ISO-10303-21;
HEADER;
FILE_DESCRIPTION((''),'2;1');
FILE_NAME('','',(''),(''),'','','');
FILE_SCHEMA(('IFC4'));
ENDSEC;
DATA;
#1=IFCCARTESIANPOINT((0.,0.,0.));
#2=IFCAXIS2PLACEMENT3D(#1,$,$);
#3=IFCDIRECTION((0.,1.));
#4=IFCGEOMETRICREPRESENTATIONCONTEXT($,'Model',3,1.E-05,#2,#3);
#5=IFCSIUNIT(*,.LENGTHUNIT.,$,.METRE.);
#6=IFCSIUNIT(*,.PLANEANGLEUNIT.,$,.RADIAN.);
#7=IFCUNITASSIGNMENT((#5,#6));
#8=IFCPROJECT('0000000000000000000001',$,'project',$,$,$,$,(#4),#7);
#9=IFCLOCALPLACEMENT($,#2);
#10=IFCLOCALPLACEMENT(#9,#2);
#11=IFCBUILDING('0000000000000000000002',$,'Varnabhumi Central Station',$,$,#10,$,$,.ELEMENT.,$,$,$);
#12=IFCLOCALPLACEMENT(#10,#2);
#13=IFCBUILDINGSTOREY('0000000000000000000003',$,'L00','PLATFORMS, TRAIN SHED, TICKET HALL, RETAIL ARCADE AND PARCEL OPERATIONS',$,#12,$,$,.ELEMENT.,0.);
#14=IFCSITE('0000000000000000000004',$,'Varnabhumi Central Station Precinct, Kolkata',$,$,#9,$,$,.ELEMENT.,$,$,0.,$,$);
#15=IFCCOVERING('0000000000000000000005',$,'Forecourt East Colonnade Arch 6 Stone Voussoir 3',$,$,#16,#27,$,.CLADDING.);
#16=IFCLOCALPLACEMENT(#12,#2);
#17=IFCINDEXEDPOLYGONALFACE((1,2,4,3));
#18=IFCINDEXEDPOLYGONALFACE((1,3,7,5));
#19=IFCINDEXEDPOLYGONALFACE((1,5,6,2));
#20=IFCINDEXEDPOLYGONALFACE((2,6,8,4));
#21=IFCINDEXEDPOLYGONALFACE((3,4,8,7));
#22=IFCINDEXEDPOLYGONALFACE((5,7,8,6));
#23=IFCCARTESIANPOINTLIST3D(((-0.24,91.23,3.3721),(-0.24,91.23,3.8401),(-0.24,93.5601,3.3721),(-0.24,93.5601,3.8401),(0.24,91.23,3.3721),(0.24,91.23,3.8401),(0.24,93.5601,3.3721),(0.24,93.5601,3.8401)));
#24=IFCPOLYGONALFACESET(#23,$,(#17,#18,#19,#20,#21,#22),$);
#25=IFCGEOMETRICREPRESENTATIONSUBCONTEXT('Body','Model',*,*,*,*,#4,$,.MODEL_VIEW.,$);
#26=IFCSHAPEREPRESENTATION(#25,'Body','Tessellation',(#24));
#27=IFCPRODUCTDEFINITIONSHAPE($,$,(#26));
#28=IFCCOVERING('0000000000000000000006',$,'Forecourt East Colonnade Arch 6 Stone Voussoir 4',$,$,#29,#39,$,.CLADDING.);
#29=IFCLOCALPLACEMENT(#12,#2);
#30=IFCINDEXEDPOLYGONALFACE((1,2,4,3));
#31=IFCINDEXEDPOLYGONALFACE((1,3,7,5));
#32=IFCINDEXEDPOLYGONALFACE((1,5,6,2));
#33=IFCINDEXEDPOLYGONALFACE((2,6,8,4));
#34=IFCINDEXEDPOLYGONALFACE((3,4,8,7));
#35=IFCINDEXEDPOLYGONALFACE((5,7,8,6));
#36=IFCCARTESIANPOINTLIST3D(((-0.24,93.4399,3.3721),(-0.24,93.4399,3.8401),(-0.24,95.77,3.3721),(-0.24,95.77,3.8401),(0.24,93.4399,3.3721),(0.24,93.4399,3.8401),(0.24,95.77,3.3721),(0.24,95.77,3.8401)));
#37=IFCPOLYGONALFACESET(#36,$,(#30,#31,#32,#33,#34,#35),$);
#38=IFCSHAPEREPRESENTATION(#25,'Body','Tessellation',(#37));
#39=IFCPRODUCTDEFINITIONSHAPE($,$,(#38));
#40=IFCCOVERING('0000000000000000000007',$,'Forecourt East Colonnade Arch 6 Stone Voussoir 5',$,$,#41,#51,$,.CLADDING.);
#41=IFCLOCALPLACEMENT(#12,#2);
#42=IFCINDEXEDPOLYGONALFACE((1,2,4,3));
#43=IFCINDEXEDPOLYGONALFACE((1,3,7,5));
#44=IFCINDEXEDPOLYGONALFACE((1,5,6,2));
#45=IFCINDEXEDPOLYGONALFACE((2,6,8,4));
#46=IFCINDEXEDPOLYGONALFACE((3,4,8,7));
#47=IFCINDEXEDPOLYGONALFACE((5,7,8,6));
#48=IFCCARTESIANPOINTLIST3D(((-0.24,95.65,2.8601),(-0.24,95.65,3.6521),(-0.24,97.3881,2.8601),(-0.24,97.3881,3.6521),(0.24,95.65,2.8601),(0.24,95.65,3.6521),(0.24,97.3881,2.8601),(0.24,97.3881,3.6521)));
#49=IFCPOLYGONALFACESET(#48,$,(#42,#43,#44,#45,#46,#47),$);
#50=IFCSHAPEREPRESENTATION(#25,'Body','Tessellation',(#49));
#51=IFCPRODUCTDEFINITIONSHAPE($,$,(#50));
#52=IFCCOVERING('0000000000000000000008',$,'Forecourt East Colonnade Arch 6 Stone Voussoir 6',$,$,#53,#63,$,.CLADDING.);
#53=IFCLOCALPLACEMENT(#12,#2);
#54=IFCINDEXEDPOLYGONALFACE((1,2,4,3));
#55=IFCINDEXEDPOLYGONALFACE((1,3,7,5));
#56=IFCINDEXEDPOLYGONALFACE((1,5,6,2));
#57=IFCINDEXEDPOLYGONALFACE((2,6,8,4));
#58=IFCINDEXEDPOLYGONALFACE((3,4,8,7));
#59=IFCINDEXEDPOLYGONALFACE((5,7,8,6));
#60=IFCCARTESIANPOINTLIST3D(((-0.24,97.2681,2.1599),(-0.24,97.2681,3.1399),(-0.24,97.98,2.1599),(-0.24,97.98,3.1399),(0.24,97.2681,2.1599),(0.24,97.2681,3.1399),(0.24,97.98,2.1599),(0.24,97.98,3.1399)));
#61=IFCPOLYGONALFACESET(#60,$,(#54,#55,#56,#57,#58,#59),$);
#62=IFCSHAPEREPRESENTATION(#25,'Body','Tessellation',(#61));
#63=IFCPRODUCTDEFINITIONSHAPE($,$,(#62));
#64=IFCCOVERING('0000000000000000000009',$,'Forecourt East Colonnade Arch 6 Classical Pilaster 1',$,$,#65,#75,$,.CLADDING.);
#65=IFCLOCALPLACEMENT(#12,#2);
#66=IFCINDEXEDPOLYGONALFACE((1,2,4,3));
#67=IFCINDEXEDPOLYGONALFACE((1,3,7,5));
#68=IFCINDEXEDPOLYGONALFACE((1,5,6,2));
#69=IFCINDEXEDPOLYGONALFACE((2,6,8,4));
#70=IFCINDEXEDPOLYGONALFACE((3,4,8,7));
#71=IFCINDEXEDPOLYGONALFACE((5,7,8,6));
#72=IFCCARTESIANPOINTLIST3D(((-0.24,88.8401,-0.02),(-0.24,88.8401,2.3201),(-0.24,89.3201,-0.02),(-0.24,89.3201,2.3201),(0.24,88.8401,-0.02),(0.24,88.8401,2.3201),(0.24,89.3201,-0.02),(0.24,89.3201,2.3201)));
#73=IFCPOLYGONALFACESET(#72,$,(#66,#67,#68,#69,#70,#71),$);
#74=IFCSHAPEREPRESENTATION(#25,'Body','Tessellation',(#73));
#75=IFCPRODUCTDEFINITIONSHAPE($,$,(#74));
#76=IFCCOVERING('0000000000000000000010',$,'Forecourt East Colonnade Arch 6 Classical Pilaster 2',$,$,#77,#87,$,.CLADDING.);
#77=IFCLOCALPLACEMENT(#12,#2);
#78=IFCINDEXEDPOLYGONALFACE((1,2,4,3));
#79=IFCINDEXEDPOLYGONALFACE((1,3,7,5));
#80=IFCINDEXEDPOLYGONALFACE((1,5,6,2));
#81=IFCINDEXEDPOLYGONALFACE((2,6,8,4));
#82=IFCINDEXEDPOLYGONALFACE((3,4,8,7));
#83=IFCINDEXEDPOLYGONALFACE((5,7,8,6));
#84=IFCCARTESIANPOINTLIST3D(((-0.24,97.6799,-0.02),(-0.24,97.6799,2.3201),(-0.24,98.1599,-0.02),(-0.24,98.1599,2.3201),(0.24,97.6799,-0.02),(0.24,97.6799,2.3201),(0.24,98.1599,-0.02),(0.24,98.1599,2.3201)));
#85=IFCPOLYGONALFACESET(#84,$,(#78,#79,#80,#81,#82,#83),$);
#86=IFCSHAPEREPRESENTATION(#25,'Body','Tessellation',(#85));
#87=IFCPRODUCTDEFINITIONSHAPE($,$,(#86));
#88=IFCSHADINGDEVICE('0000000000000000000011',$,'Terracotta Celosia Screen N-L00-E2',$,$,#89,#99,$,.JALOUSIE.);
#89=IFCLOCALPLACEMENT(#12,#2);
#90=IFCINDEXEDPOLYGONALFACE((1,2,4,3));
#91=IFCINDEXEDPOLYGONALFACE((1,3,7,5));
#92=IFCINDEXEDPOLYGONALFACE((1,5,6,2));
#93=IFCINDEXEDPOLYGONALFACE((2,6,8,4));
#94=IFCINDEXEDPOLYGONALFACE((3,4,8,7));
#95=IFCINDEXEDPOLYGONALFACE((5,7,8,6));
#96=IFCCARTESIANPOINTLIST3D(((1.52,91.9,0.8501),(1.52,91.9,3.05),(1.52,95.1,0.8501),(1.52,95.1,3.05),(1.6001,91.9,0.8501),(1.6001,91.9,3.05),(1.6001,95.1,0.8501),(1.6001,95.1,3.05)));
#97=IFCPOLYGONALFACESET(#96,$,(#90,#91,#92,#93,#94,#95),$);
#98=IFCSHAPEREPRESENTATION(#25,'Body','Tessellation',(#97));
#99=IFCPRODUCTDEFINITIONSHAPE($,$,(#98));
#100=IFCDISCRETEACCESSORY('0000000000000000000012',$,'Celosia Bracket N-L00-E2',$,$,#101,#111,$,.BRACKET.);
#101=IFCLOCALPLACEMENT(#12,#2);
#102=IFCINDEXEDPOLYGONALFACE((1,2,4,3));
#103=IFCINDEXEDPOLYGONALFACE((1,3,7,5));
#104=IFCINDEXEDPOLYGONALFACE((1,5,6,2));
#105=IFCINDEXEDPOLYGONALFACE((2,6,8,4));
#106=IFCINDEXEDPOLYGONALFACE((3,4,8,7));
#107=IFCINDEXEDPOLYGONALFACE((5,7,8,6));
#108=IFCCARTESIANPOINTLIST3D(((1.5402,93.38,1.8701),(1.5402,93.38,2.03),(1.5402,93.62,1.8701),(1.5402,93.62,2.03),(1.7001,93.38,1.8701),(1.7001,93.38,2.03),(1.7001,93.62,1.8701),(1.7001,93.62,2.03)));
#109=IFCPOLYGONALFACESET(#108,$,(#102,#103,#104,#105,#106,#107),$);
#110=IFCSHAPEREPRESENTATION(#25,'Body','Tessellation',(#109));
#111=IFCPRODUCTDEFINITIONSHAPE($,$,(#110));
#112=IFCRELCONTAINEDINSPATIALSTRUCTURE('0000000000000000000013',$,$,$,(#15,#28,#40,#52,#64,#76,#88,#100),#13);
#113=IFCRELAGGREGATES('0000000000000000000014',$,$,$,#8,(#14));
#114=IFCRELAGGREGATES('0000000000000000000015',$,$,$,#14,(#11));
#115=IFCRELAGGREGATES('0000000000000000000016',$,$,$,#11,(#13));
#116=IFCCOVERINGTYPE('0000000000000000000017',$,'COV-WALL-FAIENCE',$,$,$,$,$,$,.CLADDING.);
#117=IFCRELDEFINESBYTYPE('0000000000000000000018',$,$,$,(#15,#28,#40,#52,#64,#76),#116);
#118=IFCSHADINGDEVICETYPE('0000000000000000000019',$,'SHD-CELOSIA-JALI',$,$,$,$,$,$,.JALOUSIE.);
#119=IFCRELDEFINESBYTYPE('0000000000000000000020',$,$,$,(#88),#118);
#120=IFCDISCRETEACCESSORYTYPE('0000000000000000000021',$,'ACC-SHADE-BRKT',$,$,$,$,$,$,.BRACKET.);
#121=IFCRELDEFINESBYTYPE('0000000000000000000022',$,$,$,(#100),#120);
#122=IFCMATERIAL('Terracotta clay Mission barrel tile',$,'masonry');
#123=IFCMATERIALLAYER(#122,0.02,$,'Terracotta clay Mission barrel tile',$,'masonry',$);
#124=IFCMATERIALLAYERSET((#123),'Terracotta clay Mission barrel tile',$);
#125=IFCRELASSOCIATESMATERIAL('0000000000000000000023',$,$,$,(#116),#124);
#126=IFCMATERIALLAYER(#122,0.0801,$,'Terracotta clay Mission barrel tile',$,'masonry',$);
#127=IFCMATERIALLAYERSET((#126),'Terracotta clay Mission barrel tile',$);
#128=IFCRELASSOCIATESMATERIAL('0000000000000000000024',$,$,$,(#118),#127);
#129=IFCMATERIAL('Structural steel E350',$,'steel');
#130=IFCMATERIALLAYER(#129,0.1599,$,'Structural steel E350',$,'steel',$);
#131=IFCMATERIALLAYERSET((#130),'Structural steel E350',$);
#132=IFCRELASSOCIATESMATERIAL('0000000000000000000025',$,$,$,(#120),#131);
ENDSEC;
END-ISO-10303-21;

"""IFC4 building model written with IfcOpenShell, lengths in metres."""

from ifc_helpers import new_model, si_unit, direction, frame, origin, origin_2d, place, context, subcontext, project, spatial, rectangle, extrude, material, layer, layer_set, type_object, element, save


model = new_model("IFC4")

# Units and contexts
model_context = context("Model", 3, precision=1e-05, world=origin(), true_north=direction((0.0, 1.0)))
body_context = subcontext(model_context, "Body", "Model", "MODEL_VIEW")
ifc_project = project(units=[si_unit("LENGTHUNIT", "METRE"), si_unit("PLANEANGLEUNIT", "RADIAN")], contexts=[model_context])

# Site, building, storey
site_placement = place(None, origin())
site = spatial("IfcSite", under=ifc_project, at=site_placement, Name="Varnabhumi Central Station Precinct, Kolkata", CompositionType="ELEMENT", RefElevation=0.0)
building_placement = place(site_placement, origin())
building = spatial("IfcBuilding", under=site, at=building_placement, Name="Varnabhumi Central Station", CompositionType="ELEMENT")
storey_placement = place(building_placement, origin())
storey = spatial("IfcBuildingStorey", under=building, at=storey_placement, Name="L00", Description="PLATFORMS, TRAIN SHED, TICKET HALL, RETAIL ARCADE AND PARCEL OPERATIONS", CompositionType="ELEMENT", Elevation=0.0)

# Shared definitions
ifc_material_1 = material(Name="Structural steel E350", Category="steel")

# Coverings
ifc_material_2 = material(Name="Terracotta clay Mission barrel tile", Category="masonry")
ifc_layer_1 = layer(ifc_material_2, 0.02, Name="Terracotta clay Mission barrel tile", Category="masonry")
ifc_layer_set_1 = layer_set([ifc_layer_1], Name="Terracotta clay Mission barrel tile")
covering_type = type_object("IfcCoveringType", Name="COV-WALL-FAIENCE", PredefinedType="CLADDING", material=ifc_layer_set_1)
for number, where, z_axis, x_axis, name in (
    (1, (0.0, 92.395, 3.3721), (0.0, 0.0, 1.0), (0.0, 1.0, 0.0), "Forecourt East Colonnade Arch 6 Stone Voussoir 3"),
    (2, (0.0, 94.605, 3.3721), (0.0, 0.0, 1.0), (0.0, 1.0, 0.0), "Forecourt East Colonnade Arch 6 Stone Voussoir 4"),
):
    element("IfcCovering", number, at=place(storey_placement, frame(where, z_axis=z_axis, x_axis=x_axis)), inside=storey, type_object=covering_type, Name=name, PredefinedType="CLADDING", context=body_context, shape_type="SweptSolid", body=[
        extrude(rectangle(XDim=2.3301, YDim=0.48, at=origin_2d()), origin(), (0.0, 0.0, 1.0), 0.468),
    ])
covering_1_placement = place(storey_placement, frame((0.0, 96.519, 2.8601), z_axis=(0.0, 0.0, 1.0), x_axis=(0.0, 1.0, 0.0)))
element("IfcCovering", 3, at=covering_1_placement, inside=storey, type_object=covering_type, Name="Forecourt East Colonnade Arch 6 Stone Voussoir 5", PredefinedType="CLADDING", context=body_context, shape_type="SweptSolid", body=[
    extrude(rectangle(XDim=1.738, YDim=0.48, at=origin_2d()), origin(), (0.0, 0.0, 1.0), 0.792),
])
covering_2_placement = place(storey_placement, frame((0.0, 97.624, 2.1599), z_axis=(0.0, 0.0, 1.0), x_axis=(0.0, 1.0, 0.0)))
element("IfcCovering", 4, at=covering_2_placement, inside=storey, type_object=covering_type, Name="Forecourt East Colonnade Arch 6 Stone Voussoir 6", PredefinedType="CLADDING", context=body_context, shape_type="SweptSolid", body=[
    extrude(rectangle(XDim=0.7119, YDim=0.48, at=origin_2d()), origin(), (0.0, 0.0, 1.0), 0.98),
])
for number, where, z_axis, x_axis, name in (
    (5, (0.0, 89.0801, -0.02), (0.0, 0.0, 1.0), (1.0, 0.0, 0.0), "Forecourt East Colonnade Arch 6 Classical Pilaster 1"),
    (6, (0.0, 97.9199, -0.02), (0.0, 0.0, 1.0), (1.0, 0.0, 0.0), "Forecourt East Colonnade Arch 6 Classical Pilaster 2"),
):
    element("IfcCovering", number, at=place(storey_placement, frame(where, z_axis=z_axis, x_axis=x_axis)), inside=storey, type_object=covering_type, Name=name, PredefinedType="CLADDING", context=body_context, shape_type="SweptSolid", body=[
        extrude(rectangle(XDim=0.48, YDim=0.48, at=origin_2d()), origin(), (0.0, 0.0, 1.0), 2.3401),
    ])

# Shading device
ifc_layer_2 = layer(ifc_material_2, 0.0801, Name="Terracotta clay Mission barrel tile", Category="masonry")
ifc_layer_set_2 = layer_set([ifc_layer_2], Name="Terracotta clay Mission barrel tile")
shading_device_type = type_object("IfcShadingDeviceType", Name="SHD-CELOSIA-JALI", PredefinedType="JALOUSIE", material=ifc_layer_set_2)
shading_device_placement = place(storey_placement, frame((1.5601, 93.5, 0.8501), z_axis=(0.0, 0.0, 1.0), x_axis=(1.0, 0.0, 0.0)))
element("IfcShadingDevice", 7, at=shading_device_placement, inside=storey, type_object=shading_device_type, Name="Terracotta Celosia Screen N-L00-E2", PredefinedType="JALOUSIE", context=body_context, shape_type="SweptSolid", body=[
    extrude(rectangle(XDim=0.0801, YDim=3.2, at=origin_2d()), origin(), (0.0, 0.0, 1.0), 2.2),
])

# Discrete accessory
ifc_layer_3 = layer(ifc_material_1, 0.1599, Name="Structural steel E350", Category="steel")
ifc_layer_set_3 = layer_set([ifc_layer_3], Name="Structural steel E350")
discrete_accessory_type = type_object("IfcDiscreteAccessoryType", Name="ACC-SHADE-BRKT", PredefinedType="BRACKET", material=ifc_layer_set_3)
discrete_accessory_placement = place(storey_placement, frame((1.6201, 93.5, 1.8701), z_axis=(0.0, 0.0, 1.0), x_axis=(1.0, 0.0, 0.0)))
element("IfcDiscreteAccessory", 8, at=discrete_accessory_placement, inside=storey, type_object=discrete_accessory_type, Name="Celosia Bracket N-L00-E2", PredefinedType="BRACKET", context=body_context, shape_type="SweptSolid", body=[
    extrude(rectangle(XDim=0.1599, YDim=0.24, at=origin_2d()), origin(), (0.0, 0.0, 1.0), 0.1599),
])

save(model, "model.ifc")
